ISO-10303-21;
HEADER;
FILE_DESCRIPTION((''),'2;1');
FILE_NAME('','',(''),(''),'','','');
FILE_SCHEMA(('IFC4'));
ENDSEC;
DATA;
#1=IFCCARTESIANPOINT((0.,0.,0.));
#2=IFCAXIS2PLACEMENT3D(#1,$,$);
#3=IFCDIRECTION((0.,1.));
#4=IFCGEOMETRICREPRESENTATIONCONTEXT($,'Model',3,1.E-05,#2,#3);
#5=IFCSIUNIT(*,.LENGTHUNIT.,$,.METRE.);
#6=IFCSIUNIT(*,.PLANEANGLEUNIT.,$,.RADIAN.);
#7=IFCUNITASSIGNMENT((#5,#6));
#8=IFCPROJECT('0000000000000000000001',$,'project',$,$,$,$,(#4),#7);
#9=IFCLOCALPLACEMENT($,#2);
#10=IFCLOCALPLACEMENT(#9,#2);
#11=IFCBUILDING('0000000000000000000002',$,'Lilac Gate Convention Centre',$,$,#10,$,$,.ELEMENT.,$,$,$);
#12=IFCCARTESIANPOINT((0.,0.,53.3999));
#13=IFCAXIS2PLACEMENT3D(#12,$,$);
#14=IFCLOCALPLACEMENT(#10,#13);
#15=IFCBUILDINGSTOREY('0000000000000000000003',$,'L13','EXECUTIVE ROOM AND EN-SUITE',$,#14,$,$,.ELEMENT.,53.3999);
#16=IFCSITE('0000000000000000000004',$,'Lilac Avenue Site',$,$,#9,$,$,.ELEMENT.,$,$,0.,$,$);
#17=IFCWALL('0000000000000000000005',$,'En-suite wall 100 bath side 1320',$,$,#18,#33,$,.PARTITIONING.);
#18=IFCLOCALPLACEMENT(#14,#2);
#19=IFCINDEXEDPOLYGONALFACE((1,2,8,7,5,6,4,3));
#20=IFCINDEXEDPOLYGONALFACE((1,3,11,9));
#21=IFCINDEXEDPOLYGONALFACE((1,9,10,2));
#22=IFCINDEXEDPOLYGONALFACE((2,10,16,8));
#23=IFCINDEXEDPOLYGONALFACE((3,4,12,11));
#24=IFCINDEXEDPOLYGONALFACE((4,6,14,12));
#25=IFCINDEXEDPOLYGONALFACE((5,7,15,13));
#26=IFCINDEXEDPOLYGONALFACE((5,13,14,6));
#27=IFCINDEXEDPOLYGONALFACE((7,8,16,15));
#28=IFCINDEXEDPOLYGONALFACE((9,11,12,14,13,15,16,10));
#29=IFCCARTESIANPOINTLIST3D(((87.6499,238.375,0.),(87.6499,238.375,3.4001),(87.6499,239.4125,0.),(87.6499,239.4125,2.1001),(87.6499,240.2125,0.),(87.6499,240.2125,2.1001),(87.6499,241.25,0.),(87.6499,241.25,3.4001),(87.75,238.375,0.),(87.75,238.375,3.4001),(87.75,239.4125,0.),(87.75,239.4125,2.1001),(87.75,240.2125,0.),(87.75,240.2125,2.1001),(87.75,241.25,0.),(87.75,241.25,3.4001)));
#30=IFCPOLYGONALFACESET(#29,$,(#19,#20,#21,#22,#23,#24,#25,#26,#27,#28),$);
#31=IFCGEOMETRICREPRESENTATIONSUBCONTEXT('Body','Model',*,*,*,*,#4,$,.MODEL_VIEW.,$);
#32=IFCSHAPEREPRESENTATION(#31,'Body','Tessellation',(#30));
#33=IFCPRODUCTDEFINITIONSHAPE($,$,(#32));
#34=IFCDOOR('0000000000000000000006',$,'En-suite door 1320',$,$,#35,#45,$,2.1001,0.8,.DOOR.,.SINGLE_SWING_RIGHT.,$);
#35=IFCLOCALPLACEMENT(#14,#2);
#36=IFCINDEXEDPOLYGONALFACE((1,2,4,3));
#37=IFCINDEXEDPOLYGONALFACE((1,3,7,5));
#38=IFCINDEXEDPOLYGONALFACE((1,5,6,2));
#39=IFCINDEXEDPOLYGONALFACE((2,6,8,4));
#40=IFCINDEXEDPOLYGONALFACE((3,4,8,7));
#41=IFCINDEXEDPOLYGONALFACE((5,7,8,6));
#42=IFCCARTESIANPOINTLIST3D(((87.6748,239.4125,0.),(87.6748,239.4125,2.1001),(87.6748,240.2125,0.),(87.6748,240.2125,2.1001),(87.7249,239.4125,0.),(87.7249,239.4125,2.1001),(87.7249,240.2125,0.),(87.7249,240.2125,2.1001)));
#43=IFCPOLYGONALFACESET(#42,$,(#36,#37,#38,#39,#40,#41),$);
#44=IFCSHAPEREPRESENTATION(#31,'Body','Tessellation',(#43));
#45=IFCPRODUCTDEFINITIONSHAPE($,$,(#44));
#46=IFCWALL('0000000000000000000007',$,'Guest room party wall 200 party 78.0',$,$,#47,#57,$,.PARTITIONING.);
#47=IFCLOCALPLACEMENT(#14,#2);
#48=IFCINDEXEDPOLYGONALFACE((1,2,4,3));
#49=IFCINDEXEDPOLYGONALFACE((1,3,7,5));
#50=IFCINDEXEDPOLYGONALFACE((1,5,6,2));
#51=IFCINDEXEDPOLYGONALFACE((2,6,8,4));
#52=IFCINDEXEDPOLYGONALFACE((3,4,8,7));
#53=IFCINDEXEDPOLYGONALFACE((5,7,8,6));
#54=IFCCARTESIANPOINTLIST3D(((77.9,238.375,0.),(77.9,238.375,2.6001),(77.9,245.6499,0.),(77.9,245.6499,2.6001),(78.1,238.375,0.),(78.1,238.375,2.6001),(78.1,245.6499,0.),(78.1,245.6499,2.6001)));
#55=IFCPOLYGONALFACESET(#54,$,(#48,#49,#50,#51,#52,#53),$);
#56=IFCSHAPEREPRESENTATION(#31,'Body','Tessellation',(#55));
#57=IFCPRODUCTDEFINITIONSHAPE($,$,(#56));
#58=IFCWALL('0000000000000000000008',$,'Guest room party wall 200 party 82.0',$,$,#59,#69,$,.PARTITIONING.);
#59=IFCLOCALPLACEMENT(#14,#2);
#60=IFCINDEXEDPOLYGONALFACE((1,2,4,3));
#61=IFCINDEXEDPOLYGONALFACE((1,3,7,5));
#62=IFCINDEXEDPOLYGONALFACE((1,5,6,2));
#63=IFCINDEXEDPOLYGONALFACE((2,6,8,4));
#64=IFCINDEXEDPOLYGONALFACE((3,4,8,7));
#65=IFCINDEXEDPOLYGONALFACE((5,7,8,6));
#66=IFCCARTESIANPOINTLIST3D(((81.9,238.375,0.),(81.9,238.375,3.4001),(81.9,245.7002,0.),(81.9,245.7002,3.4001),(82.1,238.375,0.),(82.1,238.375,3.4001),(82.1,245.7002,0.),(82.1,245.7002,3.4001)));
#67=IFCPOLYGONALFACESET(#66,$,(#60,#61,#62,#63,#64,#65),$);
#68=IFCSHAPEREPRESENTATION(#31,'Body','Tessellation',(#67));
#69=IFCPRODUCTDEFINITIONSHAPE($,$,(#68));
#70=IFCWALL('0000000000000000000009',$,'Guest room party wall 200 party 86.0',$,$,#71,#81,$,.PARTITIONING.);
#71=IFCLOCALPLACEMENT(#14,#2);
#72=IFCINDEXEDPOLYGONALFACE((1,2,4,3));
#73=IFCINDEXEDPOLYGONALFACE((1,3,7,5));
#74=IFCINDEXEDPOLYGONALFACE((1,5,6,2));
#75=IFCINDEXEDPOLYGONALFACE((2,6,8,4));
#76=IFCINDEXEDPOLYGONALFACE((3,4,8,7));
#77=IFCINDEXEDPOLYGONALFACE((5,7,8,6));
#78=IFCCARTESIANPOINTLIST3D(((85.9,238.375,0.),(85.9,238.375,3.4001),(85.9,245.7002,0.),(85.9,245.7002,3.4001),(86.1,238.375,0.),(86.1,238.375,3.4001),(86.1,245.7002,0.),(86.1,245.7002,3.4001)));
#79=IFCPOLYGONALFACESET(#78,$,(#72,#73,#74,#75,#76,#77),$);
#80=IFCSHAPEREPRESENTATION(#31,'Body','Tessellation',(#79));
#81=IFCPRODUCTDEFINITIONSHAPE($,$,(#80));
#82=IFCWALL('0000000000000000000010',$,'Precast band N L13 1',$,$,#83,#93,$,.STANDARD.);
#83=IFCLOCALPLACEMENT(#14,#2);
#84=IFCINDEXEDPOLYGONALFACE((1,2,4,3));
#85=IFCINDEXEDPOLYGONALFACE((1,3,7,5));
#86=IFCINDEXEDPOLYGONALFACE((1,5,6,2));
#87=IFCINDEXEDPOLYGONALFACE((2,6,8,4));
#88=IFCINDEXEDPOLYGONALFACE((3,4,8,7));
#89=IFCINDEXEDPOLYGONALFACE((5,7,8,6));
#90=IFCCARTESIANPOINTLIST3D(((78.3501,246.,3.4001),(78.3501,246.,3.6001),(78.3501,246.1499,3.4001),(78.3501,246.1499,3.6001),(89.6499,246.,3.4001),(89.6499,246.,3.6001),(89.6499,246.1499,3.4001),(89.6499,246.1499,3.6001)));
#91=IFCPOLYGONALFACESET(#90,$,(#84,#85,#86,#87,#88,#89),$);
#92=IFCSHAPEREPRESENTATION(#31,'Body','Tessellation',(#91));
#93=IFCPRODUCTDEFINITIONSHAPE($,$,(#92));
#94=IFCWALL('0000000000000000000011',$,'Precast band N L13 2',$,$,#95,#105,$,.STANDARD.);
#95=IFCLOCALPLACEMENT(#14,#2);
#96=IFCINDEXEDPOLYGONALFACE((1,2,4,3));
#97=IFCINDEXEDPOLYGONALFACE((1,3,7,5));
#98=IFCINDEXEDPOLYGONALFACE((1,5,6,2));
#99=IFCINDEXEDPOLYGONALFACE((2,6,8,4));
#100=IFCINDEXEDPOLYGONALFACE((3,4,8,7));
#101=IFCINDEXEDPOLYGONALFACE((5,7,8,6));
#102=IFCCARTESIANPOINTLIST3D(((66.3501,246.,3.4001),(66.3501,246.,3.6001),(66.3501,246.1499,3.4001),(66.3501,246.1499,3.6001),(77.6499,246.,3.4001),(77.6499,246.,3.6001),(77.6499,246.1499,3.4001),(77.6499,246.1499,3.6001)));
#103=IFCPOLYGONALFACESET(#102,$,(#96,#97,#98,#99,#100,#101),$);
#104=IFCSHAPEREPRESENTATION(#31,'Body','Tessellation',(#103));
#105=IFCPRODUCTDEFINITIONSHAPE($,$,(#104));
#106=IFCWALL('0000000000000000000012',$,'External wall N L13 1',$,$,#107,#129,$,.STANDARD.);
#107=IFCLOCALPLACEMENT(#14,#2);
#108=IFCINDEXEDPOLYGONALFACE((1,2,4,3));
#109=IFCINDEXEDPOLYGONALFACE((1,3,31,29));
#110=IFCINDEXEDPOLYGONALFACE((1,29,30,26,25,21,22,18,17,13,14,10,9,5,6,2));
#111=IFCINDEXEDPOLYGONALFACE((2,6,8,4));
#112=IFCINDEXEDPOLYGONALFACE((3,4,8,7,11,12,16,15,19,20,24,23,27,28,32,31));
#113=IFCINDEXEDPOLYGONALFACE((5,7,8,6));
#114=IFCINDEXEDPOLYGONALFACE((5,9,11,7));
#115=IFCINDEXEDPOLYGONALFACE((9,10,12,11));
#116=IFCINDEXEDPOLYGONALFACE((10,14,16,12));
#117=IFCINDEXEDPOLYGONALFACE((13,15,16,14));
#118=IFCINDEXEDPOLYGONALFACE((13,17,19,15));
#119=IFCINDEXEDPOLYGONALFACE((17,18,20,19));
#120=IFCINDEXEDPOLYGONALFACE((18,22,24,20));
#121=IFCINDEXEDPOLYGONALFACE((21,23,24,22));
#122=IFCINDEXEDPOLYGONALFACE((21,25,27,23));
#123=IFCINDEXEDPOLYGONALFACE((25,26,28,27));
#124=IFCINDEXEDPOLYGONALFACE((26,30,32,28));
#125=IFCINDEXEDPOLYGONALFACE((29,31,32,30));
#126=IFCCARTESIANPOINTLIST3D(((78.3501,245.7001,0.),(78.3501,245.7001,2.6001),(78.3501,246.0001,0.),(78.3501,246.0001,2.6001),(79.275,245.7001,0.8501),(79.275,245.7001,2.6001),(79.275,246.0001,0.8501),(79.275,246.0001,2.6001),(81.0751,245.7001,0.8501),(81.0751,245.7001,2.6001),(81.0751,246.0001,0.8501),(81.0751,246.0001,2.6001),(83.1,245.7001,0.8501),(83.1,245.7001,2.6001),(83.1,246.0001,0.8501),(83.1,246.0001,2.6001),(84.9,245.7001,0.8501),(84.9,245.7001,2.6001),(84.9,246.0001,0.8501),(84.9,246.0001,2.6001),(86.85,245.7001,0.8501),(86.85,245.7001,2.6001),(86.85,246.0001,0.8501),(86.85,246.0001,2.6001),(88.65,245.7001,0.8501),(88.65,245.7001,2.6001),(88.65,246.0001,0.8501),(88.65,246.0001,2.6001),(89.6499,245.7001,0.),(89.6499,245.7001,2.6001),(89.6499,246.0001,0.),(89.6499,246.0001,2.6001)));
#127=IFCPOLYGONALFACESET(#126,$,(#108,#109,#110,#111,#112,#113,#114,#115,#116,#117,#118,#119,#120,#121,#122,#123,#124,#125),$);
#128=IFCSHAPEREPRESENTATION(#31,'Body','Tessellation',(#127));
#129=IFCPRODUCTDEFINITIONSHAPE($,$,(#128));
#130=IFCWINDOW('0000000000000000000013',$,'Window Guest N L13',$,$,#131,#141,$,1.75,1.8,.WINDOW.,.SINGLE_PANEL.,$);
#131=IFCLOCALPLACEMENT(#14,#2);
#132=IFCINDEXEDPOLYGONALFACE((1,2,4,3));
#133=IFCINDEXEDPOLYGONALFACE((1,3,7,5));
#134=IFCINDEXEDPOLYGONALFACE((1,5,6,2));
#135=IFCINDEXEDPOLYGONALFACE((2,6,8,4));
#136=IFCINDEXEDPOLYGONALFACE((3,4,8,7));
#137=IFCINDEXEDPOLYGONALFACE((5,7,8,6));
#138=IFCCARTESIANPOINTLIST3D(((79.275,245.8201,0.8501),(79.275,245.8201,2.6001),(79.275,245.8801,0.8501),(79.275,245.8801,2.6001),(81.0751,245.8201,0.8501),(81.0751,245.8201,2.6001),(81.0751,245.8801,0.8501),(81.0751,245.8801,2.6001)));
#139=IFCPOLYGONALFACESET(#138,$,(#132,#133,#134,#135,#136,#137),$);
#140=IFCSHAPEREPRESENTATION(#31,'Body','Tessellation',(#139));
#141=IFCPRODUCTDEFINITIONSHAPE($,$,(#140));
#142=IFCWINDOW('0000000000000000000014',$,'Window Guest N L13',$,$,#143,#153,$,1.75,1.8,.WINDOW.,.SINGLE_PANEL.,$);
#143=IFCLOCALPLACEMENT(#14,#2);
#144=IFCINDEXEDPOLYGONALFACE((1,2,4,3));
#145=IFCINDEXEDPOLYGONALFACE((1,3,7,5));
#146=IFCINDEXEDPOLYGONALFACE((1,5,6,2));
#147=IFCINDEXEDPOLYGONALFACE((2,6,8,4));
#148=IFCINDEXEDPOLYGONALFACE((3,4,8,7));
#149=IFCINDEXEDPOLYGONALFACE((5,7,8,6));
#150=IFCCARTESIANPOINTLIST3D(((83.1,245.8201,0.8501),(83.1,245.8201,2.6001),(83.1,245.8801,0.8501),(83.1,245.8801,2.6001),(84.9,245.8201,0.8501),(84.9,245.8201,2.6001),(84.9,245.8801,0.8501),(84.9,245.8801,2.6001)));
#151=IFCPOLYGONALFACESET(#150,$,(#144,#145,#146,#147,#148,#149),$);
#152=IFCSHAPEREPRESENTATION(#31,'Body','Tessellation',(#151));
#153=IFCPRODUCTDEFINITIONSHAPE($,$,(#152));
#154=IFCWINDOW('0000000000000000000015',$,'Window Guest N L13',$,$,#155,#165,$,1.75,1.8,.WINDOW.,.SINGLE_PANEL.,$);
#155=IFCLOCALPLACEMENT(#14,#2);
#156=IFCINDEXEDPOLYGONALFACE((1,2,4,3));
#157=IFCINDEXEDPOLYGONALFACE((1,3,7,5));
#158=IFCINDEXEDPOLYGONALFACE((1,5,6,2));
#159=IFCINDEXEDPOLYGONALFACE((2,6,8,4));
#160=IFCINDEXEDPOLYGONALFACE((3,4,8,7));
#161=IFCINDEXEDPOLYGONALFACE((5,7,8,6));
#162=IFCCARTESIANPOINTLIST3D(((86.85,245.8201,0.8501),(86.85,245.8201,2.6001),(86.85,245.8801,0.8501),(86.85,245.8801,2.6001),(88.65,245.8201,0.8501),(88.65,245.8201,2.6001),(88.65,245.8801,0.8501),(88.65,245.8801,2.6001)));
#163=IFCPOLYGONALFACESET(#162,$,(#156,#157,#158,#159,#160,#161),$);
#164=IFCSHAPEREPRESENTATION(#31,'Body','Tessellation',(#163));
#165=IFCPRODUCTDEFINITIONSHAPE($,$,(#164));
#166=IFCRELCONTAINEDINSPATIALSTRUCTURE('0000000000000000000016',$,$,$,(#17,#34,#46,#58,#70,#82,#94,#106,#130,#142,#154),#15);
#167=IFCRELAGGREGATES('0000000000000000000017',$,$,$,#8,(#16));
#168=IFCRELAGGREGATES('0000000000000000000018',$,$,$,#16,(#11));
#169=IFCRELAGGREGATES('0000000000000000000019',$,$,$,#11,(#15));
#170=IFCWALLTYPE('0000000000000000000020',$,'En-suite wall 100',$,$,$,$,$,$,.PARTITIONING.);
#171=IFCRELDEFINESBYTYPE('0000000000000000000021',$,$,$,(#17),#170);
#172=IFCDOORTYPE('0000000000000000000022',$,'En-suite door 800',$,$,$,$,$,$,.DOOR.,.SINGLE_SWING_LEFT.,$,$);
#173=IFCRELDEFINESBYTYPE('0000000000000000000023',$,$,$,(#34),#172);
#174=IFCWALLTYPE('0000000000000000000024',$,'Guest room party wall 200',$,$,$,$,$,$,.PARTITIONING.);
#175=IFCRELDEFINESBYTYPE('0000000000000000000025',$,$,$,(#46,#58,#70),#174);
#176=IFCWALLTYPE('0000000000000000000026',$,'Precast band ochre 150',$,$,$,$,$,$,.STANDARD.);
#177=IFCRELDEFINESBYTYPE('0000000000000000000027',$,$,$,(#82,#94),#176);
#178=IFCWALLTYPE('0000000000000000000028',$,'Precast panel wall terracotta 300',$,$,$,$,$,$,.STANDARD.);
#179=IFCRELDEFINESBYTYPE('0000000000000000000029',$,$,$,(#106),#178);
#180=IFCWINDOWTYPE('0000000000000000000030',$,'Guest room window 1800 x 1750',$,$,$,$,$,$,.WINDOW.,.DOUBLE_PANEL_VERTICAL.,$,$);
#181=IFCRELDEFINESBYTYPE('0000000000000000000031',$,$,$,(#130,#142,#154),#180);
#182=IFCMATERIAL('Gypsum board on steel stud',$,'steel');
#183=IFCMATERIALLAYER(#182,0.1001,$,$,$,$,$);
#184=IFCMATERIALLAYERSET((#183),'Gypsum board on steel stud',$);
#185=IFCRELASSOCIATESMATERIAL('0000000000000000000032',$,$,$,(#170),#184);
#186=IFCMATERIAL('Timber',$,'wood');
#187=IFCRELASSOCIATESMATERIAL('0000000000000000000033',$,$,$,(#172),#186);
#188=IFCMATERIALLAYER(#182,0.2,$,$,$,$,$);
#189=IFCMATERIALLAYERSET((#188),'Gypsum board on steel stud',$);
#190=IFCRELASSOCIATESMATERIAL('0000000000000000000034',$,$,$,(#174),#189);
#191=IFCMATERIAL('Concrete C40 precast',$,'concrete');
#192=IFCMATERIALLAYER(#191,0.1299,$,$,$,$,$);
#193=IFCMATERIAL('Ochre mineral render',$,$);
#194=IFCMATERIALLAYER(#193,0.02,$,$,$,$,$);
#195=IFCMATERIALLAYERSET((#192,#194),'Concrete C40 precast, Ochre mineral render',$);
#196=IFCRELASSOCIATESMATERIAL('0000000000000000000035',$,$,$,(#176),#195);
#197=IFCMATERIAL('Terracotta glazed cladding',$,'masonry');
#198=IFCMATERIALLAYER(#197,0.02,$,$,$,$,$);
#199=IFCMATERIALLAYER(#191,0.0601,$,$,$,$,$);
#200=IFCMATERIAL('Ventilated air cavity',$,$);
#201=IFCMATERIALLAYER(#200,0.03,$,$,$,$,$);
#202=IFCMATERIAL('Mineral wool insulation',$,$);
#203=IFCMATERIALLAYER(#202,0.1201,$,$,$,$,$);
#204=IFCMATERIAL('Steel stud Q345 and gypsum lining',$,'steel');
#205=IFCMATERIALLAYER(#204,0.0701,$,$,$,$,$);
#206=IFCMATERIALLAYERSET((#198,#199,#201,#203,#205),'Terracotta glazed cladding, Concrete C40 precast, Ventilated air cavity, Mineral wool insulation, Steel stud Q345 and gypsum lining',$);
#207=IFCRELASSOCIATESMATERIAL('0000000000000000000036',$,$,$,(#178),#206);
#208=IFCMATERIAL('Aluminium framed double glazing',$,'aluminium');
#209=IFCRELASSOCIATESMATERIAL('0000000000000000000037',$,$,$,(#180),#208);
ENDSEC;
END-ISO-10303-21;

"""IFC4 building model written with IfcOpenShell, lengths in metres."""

from ifc_helpers import new_model, si_unit, direction, frame, frame_2d, origin, place, context, subcontext, project, spatial, rectangle, extrude, material, layer, layer_set, type_object, element, fill, save


model = new_model("IFC4")

# Units and contexts
model_context = context("Model", 3, precision=1e-05, world=origin(), true_north=direction((0.0, 1.0)))
body_context = subcontext(model_context, "Body", "Model", "MODEL_VIEW")
ifc_project = project(units=[si_unit("LENGTHUNIT", "METRE"), si_unit("PLANEANGLEUNIT", "RADIAN")], contexts=[model_context])

# Site, building, storey
site_placement = place(None, origin())
site = spatial("IfcSite", under=ifc_project, at=site_placement, Name="Lilac Avenue Site", CompositionType="ELEMENT", RefElevation=0.0)
building_placement = place(site_placement, origin())
building = spatial("IfcBuilding", under=site, at=building_placement, Name="Lilac Gate Convention Centre", CompositionType="ELEMENT")
storey_placement = place(building_placement, frame((0.0, 0.0, 53.3999)))
storey = spatial("IfcBuildingStorey", under=building, at=storey_placement, Name="L13", Description="EXECUTIVE ROOM AND EN-SUITE", CompositionType="ELEMENT", Elevation=53.3999)

# Shared definitions
ifc_material_1 = material(Name="Aluminium framed double glazing", Category="aluminium")

# Shared definitions
ifc_material_2 = material(Name="Gypsum board on steel stud", Category="steel")
ifc_layer_1 = layer(ifc_material_2, 0.1001)
ifc_layer_set_1 = layer_set([ifc_layer_1], Name="Gypsum board on steel stud")
wall_type_1 = type_object("IfcWallType", Name="En-suite wall 100", PredefinedType="PARTITIONING", material=ifc_layer_set_1)

# Shared definitions
ifc_material_3 = material(Name="Timber", Category="wood")
door_type = type_object("IfcDoorType", Name="En-suite door 800", OperationType="SINGLE_SWING_LEFT", PredefinedType="DOOR", material=ifc_material_3)

# Wall, opening, door
wall_1_placement = place(storey_placement, frame((87.7, 241.25, 0.0), z_axis=(0.0, 0.0, 1.0), x_axis=(0.0, -1.0, 0.0)))
wall_1 = element("IfcWall", 1, at=wall_1_placement, inside=storey, type_object=wall_type_1, Name="En-suite wall 100 bath side 1320", PredefinedType="PARTITIONING", context=body_context, shape_type="SweptSolid", body=[
    extrude(rectangle(XDim=2.875, YDim=0.1001, at=frame_2d((1.4375, 0.0))), origin(), (0.0, 0.0, 1.0), 3.4001),
])
opening_1_placement = place(wall_1_placement, frame((1.0376, 0.0, 0.0)))
opening_1 = element("IfcOpeningElement", 2, at=opening_1_placement, cuts=wall_1, PredefinedType="OPENING", context=body_context, shape_type="SweptSolid", body=[
    extrude(rectangle(XDim=0.8, YDim=2.1001, at=frame_2d((0.3999, 1.05))), frame((0.0, 0.0601, 0.0), z_axis=(0.0, -1.0, 0.0), x_axis=(1.0, 0.0, 0.0)), (0.0, 0.0, 1.0), 0.1201),
])
door_1_placement = place(opening_1_placement, origin())
door_1 = element("IfcDoor", 3, at=door_1_placement, inside=storey, type_object=door_type, Name="En-suite door 1320", OperationType="SINGLE_SWING_RIGHT", OverallHeight=2.1001, OverallWidth=0.8, PredefinedType="DOOR", context=body_context, shape_type="SweptSolid", body=[
    extrude(rectangle(XDim=0.8, YDim=2.1001, at=frame_2d((0.3999, 1.05))), frame((0.0, 0.0249, 0.0), z_axis=(0.0, -1.0, 0.0), x_axis=(1.0, 0.0, 0.0)), (0.0, 0.0, 1.0), 0.05),
])
fill(opening_1, door_1)

# Walls
ifc_layer_2 = layer(ifc_material_2, 0.2)
ifc_layer_set_2 = layer_set([ifc_layer_2], Name="Gypsum board on steel stud")
wall_type_2 = type_object("IfcWallType", Name="Guest room party wall 200", PredefinedType="PARTITIONING", material=ifc_layer_set_2)
wall_2_placement = place(storey_placement, frame((78.0, 245.6499, 0.0), z_axis=(0.0, 0.0, 1.0), x_axis=(0.0, -1.0, 0.0)))
element("IfcWall", 4, at=wall_2_placement, inside=storey, type_object=wall_type_2, Name="Guest room party wall 200 party 78.0", PredefinedType="PARTITIONING", context=body_context, shape_type="SweptSolid", body=[
    extrude(rectangle(XDim=7.2749, YDim=0.2, at=frame_2d((3.6375, 0.0))), origin(), (0.0, 0.0, 1.0), 2.6001),
])
for number, where, z_axis, x_axis, name in (
    (5, (82.0, 245.7002, 0.0), (0.0, 0.0, 1.0), (0.0, -1.0, 0.0), "Guest room party wall 200 party 82.0"),
    (6, (86.0, 245.7002, 0.0), (0.0, 0.0, 1.0), (0.0, -1.0, 0.0), "Guest room party wall 200 party 86.0"),
):
    element("IfcWall", number, at=place(storey_placement, frame(where, z_axis=z_axis, x_axis=x_axis)), inside=storey, type_object=wall_type_2, Name=name, PredefinedType="PARTITIONING", context=body_context, shape_type="SweptSolid", body=[
        extrude(rectangle(XDim=7.3252, YDim=0.2, at=frame_2d((3.6626, 0.0))), origin(), (0.0, 0.0, 1.0), 3.4001),
    ])
ifc_material_4 = material(Name="Concrete C40 precast", Category="concrete")
ifc_layer_3 = layer(ifc_material_4, 0.1299)
ifc_material_5 = material(Name="Ochre mineral render")
ifc_layer_4 = layer(ifc_material_5, 0.02)
ifc_layer_set_3 = layer_set([ifc_layer_3, ifc_layer_4], Name="Concrete C40 precast, Ochre mineral render")
wall_type_3 = type_object("IfcWallType", Name="Precast band ochre 150", PredefinedType="STANDARD", material=ifc_layer_set_3)
for number, where, z_axis, x_axis, name in (
    (7, (89.6499, 246.075, 3.4001), (0.0, 0.0, 1.0), (-1.0, 0.0, 0.0), "Precast band N L13 1"),
    (8, (77.6499, 246.075, 3.4001), (0.0, 0.0, 1.0), (-1.0, 0.0, 0.0), "Precast band N L13 2"),
):
    element("IfcWall", number, at=place(storey_placement, frame(where, z_axis=z_axis, x_axis=x_axis)), inside=storey, type_object=wall_type_3, Name=name, PredefinedType="STANDARD", context=body_context, shape_type="SweptSolid", body=[
        extrude(rectangle(XDim=11.2998, YDim=0.1499, at=frame_2d((5.6499, 0.0))), origin(), (0.0, 0.0, 1.0), 0.2),
    ])

# Wall, openings, windows
ifc_material_6 = material(Name="Terracotta glazed cladding", Category="masonry")
ifc_layer_5 = layer(ifc_material_6, 0.02)
ifc_layer_6 = layer(ifc_material_4, 0.0601)
ifc_material_7 = material(Name="Ventilated air cavity")
ifc_layer_7 = layer(ifc_material_7, 0.03)
ifc_material_8 = material(Name="Mineral wool insulation")
ifc_layer_8 = layer(ifc_material_8, 0.1201)
ifc_material_9 = material(Name="Steel stud Q345 and gypsum lining", Category="steel")
ifc_layer_9 = layer(ifc_material_9, 0.0701)
ifc_layer_set_4 = layer_set([ifc_layer_5, ifc_layer_6, ifc_layer_7, ifc_layer_8, ifc_layer_9], Name="Terracotta glazed cladding, Concrete C40 precast, Ventilated air cavity, Mineral wool insulation, Steel stud Q345 and gypsum lining")
wall_type_4 = type_object("IfcWallType", Name="Precast panel wall terracotta 300", PredefinedType="STANDARD", material=ifc_layer_set_4)
wall_3_placement = place(storey_placement, frame((89.6499, 245.8501, 0.0), z_axis=(0.0, 0.0, 1.0), x_axis=(-1.0, 0.0, 0.0)))
wall_3 = element("IfcWall", 9, at=wall_3_placement, inside=storey, type_object=wall_type_4, Name="External wall N L13 1", PredefinedType="STANDARD", context=body_context, shape_type="SweptSolid", body=[
    extrude(rectangle(XDim=11.2998, YDim=0.3, at=frame_2d((5.6499, 0.0))), origin(), (0.0, 0.0, 1.0), 2.6001),
])
opening_2_placement = place(wall_3_placement, frame((8.575, 0.0, 0.8501)))
opening_2 = element("IfcOpeningElement", 10, at=opening_2_placement, cuts=wall_3, PredefinedType="OPENING", context=body_context, shape_type="SweptSolid", body=[
    extrude(rectangle(XDim=1.8, YDim=1.75, at=frame_2d((0.8999, 0.875))), frame((0.0, 0.1599, 0.0), z_axis=(0.0, -1.0, 0.0), x_axis=(1.0, 0.0, 0.0)), (0.0, 0.0, 1.0), 0.3201),
])
opening_3_placement = place(wall_3_placement, frame((4.75, 0.0, 0.8501)))
opening_3 = element("IfcOpeningElement", 11, at=opening_3_placement, cuts=wall_3, PredefinedType="OPENING", context=body_context, shape_type="SweptSolid", body=[
    extrude(rectangle(XDim=1.8, YDim=1.75, at=frame_2d((0.8999, 0.875))), frame((0.0, 0.1599, 0.0), z_axis=(0.0, -1.0, 0.0), x_axis=(1.0, 0.0, 0.0)), (0.0, 0.0, 1.0), 0.3201),
])
opening_4_placement = place(wall_3_placement, frame((1.0, 0.0, 0.8501)))
opening_4 = element("IfcOpeningElement", 12, at=opening_4_placement, cuts=wall_3, PredefinedType="OPENING", context=body_context, shape_type="SweptSolid", body=[
    extrude(rectangle(XDim=1.8, YDim=1.75, at=frame_2d((0.8999, 0.875))), frame((0.0, 0.1599, 0.0), z_axis=(0.0, -1.0, 0.0), x_axis=(1.0, 0.0, 0.0)), (0.0, 0.0, 1.0), 0.3201),
])
window_type = type_object("IfcWindowType", Name="Guest room window 1800 x 1750", PartitioningType="DOUBLE_PANEL_VERTICAL", PredefinedType="WINDOW", material=ifc_material_1)
window_1_placement = place(opening_2_placement, origin())
window_1 = element("IfcWindow", 13, at=window_1_placement, inside=storey, type_object=window_type, Name="Window Guest N L13", OverallHeight=1.75, OverallWidth=1.8, PartitioningType="SINGLE_PANEL", PredefinedType="WINDOW", context=body_context, shape_type="SweptSolid", body=[
    extrude(rectangle(XDim=1.8, YDim=1.75, at=frame_2d((0.8999, 0.875))), frame((0.0, 0.03, 0.0), z_axis=(0.0, -1.0, 0.0), x_axis=(1.0, 0.0, 0.0)), (0.0, 0.0, 1.0), 0.0601),
])
fill(opening_2, window_1)
window_2_placement = place(opening_3_placement, origin())
window_2 = element("IfcWindow", 14, at=window_2_placement, inside=storey, type_object=window_type, Name="Window Guest N L13", OverallHeight=1.75, OverallWidth=1.8, PartitioningType="SINGLE_PANEL", PredefinedType="WINDOW", context=body_context, shape_type="SweptSolid", body=[
    extrude(rectangle(XDim=1.8, YDim=1.75, at=frame_2d((0.8999, 0.875))), frame((0.0, 0.03, 0.0), z_axis=(0.0, -1.0, 0.0), x_axis=(1.0, 0.0, 0.0)), (0.0, 0.0, 1.0), 0.0601),
])
fill(opening_3, window_2)
window_3_placement = place(opening_4_placement, origin())
window_3 = element("IfcWindow", 15, at=window_3_placement, inside=storey, type_object=window_type, Name="Window Guest N L13", OverallHeight=1.75, OverallWidth=1.8, PartitioningType="SINGLE_PANEL", PredefinedType="WINDOW", context=body_context, shape_type="SweptSolid", body=[
    extrude(rectangle(XDim=1.8, YDim=1.75, at=frame_2d((0.8999, 0.875))), frame((0.0, 0.03, 0.0), z_axis=(0.0, -1.0, 0.0), x_axis=(1.0, 0.0, 0.0)), (0.0, 0.0, 1.0), 0.0601),
])
fill(opening_4, window_3)

save(model, "model.ifc")
